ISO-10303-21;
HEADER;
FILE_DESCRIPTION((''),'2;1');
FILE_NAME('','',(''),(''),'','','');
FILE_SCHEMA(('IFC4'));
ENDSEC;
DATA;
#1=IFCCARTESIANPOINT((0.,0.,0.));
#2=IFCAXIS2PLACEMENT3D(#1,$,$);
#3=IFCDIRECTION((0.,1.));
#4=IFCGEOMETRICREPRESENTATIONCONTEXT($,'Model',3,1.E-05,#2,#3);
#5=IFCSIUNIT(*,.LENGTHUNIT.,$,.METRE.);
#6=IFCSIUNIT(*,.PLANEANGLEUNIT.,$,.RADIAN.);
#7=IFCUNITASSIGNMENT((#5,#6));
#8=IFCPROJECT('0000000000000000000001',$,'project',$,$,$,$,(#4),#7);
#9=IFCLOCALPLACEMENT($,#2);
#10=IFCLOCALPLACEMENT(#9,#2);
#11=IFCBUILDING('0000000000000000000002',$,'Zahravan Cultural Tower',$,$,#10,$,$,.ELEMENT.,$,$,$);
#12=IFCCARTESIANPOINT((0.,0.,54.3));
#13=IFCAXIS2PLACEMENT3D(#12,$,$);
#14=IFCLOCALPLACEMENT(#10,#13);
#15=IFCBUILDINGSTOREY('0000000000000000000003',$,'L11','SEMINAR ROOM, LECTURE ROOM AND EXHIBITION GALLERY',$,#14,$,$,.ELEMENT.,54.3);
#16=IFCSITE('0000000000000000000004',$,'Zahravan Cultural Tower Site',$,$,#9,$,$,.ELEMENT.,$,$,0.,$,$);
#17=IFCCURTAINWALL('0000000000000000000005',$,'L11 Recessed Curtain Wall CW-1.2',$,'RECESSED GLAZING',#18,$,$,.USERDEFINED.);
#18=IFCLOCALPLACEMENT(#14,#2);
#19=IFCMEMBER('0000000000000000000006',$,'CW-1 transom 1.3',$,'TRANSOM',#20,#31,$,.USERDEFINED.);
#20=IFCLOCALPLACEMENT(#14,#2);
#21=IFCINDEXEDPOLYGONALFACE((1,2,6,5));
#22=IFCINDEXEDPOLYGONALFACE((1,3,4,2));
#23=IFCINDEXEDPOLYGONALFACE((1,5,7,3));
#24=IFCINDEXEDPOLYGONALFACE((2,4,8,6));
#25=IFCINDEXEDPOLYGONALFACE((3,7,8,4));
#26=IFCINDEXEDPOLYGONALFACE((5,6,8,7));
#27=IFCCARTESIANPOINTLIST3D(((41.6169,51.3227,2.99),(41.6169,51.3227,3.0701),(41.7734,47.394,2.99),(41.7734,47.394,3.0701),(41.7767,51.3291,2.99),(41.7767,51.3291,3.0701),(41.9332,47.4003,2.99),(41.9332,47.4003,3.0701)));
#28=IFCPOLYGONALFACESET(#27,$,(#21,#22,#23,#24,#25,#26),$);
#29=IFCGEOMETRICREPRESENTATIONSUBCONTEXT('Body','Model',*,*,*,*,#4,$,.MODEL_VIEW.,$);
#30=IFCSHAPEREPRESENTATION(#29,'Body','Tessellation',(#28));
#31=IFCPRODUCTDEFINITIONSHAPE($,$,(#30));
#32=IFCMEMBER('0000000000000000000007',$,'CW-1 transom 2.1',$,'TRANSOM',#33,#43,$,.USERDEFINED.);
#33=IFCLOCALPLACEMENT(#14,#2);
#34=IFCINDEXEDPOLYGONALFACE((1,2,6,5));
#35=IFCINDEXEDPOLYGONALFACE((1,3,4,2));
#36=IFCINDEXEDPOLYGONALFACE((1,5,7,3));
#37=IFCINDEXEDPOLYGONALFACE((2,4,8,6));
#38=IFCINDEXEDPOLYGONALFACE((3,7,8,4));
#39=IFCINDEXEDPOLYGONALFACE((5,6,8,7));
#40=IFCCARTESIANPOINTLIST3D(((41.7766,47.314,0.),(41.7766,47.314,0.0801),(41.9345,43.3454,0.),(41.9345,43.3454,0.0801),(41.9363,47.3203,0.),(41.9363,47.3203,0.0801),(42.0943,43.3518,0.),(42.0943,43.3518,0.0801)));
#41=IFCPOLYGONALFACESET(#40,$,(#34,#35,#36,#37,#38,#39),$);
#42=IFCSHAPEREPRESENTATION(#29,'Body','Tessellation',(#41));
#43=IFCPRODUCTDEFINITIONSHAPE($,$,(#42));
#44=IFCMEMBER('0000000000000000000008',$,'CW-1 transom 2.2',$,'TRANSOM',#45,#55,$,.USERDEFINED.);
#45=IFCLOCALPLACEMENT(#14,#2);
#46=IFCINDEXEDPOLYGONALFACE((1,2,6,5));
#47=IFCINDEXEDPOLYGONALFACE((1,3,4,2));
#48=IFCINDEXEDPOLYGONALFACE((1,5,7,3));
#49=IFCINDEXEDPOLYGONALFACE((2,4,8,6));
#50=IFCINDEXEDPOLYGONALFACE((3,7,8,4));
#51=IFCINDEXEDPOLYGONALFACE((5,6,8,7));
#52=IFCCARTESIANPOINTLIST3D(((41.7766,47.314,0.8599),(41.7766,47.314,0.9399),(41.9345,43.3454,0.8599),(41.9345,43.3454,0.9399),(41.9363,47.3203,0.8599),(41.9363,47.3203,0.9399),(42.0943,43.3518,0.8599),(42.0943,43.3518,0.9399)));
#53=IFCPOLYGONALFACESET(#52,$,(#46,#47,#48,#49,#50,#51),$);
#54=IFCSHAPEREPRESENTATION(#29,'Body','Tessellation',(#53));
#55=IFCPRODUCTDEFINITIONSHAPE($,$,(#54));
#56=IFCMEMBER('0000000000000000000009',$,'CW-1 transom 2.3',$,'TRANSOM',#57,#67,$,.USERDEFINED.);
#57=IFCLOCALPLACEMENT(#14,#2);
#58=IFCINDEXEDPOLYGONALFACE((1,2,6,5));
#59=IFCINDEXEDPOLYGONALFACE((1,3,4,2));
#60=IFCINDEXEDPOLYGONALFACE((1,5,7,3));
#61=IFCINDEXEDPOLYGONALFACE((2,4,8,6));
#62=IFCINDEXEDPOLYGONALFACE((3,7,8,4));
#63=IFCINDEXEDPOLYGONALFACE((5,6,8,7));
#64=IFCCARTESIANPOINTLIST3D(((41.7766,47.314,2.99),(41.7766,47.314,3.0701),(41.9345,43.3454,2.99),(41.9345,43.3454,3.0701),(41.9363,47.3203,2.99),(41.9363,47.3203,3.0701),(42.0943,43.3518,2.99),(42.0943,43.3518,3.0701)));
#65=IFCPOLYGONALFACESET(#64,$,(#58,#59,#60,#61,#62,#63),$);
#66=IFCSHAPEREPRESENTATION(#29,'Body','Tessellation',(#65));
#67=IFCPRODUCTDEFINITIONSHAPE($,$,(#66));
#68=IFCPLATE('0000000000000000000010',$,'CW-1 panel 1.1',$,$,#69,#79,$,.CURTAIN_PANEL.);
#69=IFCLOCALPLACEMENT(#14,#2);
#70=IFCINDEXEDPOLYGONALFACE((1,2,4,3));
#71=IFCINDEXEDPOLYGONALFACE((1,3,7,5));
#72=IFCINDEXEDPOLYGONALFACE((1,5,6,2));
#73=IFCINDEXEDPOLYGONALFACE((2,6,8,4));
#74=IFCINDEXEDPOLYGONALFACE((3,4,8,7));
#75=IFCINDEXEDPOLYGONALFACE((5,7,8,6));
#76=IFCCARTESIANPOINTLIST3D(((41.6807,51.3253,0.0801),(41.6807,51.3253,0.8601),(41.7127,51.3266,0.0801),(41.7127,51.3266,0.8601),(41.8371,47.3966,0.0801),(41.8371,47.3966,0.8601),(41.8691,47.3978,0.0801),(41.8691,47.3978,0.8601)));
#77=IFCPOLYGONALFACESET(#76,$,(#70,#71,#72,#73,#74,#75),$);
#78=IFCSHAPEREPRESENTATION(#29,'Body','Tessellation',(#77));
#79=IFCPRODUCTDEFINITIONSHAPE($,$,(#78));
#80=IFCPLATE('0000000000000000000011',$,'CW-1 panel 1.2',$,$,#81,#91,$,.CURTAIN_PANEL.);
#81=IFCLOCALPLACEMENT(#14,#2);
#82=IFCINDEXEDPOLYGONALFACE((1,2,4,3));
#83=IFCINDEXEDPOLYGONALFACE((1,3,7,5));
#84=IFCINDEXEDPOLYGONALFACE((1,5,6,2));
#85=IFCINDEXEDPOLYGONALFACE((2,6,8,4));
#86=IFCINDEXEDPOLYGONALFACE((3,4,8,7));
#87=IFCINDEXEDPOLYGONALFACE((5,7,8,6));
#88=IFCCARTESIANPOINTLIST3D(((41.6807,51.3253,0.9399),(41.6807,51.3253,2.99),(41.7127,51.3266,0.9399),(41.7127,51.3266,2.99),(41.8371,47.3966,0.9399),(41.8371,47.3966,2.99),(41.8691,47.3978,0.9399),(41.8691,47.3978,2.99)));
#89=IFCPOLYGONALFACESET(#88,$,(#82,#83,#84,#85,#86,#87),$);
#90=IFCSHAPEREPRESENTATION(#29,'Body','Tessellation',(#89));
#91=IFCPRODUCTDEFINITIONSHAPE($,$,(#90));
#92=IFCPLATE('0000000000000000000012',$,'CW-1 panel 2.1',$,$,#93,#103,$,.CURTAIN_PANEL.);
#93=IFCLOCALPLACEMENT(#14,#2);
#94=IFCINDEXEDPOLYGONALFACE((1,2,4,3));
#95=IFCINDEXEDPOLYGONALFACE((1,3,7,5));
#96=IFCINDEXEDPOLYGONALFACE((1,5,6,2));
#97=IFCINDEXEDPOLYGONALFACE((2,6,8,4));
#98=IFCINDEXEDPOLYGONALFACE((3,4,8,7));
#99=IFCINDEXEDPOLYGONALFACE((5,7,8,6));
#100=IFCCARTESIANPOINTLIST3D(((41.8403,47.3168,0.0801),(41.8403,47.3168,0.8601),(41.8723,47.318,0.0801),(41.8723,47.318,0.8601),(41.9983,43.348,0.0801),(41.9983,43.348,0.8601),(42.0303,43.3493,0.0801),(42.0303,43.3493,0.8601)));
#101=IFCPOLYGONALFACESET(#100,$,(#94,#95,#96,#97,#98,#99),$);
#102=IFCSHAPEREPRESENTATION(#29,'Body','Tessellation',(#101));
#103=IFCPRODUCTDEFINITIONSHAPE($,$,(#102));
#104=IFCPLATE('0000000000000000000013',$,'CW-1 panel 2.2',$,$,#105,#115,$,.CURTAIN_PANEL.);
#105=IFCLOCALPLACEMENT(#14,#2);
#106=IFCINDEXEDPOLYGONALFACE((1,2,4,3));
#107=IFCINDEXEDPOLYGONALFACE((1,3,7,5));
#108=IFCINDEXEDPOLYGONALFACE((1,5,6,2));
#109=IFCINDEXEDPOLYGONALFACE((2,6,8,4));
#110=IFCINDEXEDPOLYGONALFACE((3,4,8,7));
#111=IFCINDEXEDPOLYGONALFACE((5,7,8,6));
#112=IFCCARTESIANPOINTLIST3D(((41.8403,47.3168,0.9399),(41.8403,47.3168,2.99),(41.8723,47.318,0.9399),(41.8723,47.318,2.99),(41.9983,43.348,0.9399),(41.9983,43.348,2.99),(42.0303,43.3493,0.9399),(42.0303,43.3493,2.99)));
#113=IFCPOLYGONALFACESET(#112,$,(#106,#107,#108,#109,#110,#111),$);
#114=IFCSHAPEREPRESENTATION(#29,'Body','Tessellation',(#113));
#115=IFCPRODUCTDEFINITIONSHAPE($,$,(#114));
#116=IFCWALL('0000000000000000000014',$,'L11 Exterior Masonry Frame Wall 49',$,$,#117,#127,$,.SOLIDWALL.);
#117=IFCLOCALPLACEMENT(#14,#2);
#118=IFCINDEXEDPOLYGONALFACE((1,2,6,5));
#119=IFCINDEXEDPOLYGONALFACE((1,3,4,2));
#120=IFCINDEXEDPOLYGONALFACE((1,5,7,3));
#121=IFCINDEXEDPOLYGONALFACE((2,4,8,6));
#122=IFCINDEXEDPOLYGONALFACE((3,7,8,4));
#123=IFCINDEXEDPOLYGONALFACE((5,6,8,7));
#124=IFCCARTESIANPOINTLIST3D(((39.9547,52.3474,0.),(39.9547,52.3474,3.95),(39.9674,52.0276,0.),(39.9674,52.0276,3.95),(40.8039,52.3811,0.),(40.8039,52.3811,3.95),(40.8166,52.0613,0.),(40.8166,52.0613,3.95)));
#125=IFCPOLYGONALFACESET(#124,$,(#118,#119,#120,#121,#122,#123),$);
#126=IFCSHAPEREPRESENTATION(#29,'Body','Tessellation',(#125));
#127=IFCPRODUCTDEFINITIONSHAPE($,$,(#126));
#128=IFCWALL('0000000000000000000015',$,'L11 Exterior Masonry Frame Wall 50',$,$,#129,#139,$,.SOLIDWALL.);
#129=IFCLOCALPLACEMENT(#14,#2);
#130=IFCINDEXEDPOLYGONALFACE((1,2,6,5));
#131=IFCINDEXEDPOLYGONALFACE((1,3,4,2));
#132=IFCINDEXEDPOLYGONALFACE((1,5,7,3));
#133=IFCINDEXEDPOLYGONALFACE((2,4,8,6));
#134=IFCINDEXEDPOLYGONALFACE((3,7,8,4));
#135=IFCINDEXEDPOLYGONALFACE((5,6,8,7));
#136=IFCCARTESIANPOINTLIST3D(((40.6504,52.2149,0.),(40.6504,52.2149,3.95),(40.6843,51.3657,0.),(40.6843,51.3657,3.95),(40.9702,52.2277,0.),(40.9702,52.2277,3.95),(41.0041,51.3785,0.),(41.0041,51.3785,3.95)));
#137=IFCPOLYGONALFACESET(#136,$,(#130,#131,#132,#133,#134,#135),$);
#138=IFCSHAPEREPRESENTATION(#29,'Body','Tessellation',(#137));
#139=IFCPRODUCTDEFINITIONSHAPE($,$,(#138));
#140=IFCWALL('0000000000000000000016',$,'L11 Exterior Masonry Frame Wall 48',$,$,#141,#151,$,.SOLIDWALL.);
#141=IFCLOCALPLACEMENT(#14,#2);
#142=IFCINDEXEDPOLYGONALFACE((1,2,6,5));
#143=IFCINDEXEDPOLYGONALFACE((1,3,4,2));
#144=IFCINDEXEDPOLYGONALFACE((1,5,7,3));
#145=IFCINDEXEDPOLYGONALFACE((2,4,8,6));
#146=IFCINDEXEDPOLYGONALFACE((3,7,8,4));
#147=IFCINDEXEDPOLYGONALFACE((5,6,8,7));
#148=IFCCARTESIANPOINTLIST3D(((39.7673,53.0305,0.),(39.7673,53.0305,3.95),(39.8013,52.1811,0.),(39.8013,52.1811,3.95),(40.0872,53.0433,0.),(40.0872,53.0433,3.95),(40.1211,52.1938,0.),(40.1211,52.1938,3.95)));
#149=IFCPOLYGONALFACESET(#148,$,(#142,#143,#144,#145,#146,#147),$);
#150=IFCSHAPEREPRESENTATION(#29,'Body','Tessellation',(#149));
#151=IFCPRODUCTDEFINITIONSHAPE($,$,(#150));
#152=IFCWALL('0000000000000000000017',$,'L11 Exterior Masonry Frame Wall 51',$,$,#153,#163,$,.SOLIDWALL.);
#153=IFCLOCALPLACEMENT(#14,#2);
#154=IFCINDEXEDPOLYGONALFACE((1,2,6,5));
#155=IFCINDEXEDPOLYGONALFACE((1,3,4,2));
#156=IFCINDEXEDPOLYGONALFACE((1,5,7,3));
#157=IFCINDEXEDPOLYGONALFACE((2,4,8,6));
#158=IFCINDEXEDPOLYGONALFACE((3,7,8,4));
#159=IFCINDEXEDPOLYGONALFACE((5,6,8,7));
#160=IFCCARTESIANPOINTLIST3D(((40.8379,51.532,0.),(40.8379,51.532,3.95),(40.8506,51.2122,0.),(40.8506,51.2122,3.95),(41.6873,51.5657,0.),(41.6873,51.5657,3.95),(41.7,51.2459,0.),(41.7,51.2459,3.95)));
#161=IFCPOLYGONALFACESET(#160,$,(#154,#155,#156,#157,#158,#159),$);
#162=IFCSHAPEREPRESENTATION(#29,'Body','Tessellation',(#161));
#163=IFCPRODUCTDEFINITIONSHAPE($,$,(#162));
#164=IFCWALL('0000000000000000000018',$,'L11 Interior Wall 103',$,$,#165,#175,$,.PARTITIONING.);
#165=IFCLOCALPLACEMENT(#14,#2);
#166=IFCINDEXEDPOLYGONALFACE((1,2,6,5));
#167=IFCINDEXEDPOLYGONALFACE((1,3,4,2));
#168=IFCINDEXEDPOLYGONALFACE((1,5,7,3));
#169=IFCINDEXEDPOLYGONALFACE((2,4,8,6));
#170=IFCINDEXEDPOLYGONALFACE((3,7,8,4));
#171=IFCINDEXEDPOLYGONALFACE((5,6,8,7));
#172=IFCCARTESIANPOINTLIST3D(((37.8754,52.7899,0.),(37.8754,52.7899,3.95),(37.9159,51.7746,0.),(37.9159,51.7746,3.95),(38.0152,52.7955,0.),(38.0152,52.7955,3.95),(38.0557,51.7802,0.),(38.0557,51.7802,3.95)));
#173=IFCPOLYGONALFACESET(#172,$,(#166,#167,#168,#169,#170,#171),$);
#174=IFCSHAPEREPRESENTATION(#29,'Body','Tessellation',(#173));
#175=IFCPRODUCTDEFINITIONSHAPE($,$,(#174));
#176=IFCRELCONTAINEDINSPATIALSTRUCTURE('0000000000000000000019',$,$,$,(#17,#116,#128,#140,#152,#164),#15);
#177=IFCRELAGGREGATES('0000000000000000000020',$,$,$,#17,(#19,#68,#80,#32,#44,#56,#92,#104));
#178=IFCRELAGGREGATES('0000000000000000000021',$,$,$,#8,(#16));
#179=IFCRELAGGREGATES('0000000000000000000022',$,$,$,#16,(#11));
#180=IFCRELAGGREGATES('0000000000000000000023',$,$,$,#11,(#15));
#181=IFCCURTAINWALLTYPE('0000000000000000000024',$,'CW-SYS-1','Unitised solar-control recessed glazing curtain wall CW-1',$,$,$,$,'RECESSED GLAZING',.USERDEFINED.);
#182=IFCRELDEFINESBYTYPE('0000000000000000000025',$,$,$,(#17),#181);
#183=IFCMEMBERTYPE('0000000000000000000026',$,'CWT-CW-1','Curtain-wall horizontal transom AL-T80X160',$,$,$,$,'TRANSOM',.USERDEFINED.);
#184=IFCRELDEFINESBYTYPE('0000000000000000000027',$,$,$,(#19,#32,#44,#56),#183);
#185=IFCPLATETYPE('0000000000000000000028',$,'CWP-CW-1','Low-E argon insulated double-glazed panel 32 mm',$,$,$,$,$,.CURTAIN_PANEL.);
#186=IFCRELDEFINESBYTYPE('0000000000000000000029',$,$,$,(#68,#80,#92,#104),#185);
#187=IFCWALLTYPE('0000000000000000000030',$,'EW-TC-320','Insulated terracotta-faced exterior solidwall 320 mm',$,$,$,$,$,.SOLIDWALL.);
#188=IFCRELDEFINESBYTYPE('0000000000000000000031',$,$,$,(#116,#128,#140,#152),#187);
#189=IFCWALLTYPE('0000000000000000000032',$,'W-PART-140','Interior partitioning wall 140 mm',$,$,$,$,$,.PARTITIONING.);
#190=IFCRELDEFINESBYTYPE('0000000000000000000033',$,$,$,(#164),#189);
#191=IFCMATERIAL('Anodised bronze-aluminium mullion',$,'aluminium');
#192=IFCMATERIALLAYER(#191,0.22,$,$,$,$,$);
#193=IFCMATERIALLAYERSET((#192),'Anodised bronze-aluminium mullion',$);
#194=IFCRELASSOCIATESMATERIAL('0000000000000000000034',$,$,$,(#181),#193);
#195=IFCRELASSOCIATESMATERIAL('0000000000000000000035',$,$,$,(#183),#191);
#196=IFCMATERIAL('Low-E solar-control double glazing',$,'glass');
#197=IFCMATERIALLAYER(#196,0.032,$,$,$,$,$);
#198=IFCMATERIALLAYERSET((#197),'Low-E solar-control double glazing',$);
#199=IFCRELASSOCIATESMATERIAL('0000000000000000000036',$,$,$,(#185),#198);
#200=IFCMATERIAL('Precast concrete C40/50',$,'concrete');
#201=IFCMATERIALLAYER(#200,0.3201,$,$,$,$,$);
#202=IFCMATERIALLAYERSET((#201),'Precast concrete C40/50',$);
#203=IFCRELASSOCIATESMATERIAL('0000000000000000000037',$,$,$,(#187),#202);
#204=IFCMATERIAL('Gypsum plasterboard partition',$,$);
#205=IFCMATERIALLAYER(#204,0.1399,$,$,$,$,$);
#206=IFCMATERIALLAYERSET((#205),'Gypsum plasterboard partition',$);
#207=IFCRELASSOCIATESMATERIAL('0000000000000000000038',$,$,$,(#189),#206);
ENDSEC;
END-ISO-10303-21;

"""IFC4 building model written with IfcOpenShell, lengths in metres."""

from ifc_helpers import new_model, si_unit, direction, frame, frame_2d, origin, origin_2d, place, context, subcontext, project, spatial, rectangle, extrude, source, transform, mapped, material, layer, layer_set, material_profile, profile_set, type_object, element, aggregate, save


model = new_model("IFC4")

# Units and contexts
model_context = context("Model", 3, precision=1e-05, world=origin(), true_north=direction((0.0, 1.0)))
body_context = subcontext(model_context, "Body", "Model", "MODEL_VIEW")
ifc_project = project(units=[si_unit("LENGTHUNIT", "METRE"), si_unit("PLANEANGLEUNIT", "RADIAN")], contexts=[model_context])

# Site, building, storey
site_placement = place(None, origin())
site = spatial("IfcSite", under=ifc_project, at=site_placement, Name="Zahravan Cultural Tower Site", CompositionType="ELEMENT", RefElevation=0.0)
building_placement = place(site_placement, origin())
building = spatial("IfcBuilding", under=site, at=building_placement, Name="Zahravan Cultural Tower", CompositionType="ELEMENT")
storey_placement = place(building_placement, frame((0.0, 0.0, 54.3)))
storey = spatial("IfcBuildingStorey", under=building, at=storey_placement, Name="L11", Description="SEMINAR ROOM, LECTURE ROOM AND EXHIBITION GALLERY", CompositionType="ELEMENT", Elevation=54.3)

# Curtain wall, members, plates
ifc_material_1 = material(Name="Anodised bronze-aluminium mullion", Category="aluminium")
ifc_layer_1 = layer(ifc_material_1, 0.22)
ifc_layer_set_1 = layer_set([ifc_layer_1], Name="Anodised bronze-aluminium mullion")
curtain_wall_type = type_object("IfcCurtainWallType", Name="CW-SYS-1", Description="Unitised solar-control recessed glazing curtain wall CW-1", ElementType="RECESSED GLAZING", PredefinedType="USERDEFINED", material=ifc_layer_set_1)
curtain_wall_placement = place(storey_placement, origin())
curtain_wall = element("IfcCurtainWall", 1, at=curtain_wall_placement, inside=storey, type_object=curtain_wall_type, Name="L11 Recessed Curtain Wall CW-1.2", ObjectType="RECESSED GLAZING", PredefinedType="USERDEFINED")
ifc_material_profile_1 = material_profile(ifc_material_1, rectangle(XDim=0.1599, YDim=0.0801, at=origin_2d()), Name="AL-T80X160")
ifc_profile_set_1 = profile_set([ifc_material_profile_1], Name="Anodised bronze-aluminium mullion")
member_type_1 = type_object("IfcMemberType", Name="CWT-CW-1", Description="Curtain-wall horizontal transom AL-T80X160", ElementType="TRANSOM", PredefinedType="USERDEFINED", material=ifc_profile_set_1)
shared_shape_1 = source(origin(), body_context, "Body", "SweptSolid", [
    extrude(rectangle(XDim=0.1599, YDim=0.0801, at=origin_2d()), origin(), (0.0, 0.0, 1.0), 3.9319),
])
member_1_placement = place(storey_placement, frame((41.6968, 51.3259, 3.03), z_axis=(0.039802, -0.999208, 0.0), x_axis=(0.999208, 0.039802, 0.0)))
member_1 = element("IfcMember", 2, at=member_1_placement, type_object=member_type_1, Name="CW-1 transom 1.3", ObjectType="TRANSOM", PredefinedType="USERDEFINED", context=body_context, shape_type="MappedRepresentation", body=[
    mapped(shared_shape_1, transform((0.0, 0.0, 0.0), x_axis=(1.0, 0.0, 0.0), y_axis=(0.0, 1.0, 0.0), z_axis=(0.0, 0.0, 1.0), scale=1.0)),
])
shared_shape_2 = source(origin(), body_context, "Body", "SweptSolid", [
    extrude(rectangle(XDim=0.1599, YDim=0.0801, at=origin_2d()), origin(), (0.0, 0.0, 1.0), 3.9717),
])
member_2_placement = place(storey_placement, frame((41.8564, 47.3171, 0.04), z_axis=(0.039772, -0.999209, 0.0), x_axis=(0.999209, 0.039772, 0.0)))
member_2 = element("IfcMember", 3, at=member_2_placement, type_object=member_type_1, Name="CW-1 transom 2.1", ObjectType="TRANSOM", PredefinedType="USERDEFINED", context=body_context, shape_type="MappedRepresentation", body=[
    mapped(shared_shape_2, transform((0.0, 0.0, 0.0), x_axis=(1.0, 0.0, 0.0), y_axis=(0.0, 1.0, 0.0), z_axis=(0.0, 0.0, 1.0), scale=1.0)),
])
member_3_placement = place(storey_placement, frame((41.8564, 47.3171, 0.8999), z_axis=(0.039772, -0.999209, 0.0), x_axis=(0.999209, 0.039772, 0.0)))
member_3 = element("IfcMember", 4, at=member_3_placement, type_object=member_type_1, Name="CW-1 transom 2.2", ObjectType="TRANSOM", PredefinedType="USERDEFINED", context=body_context, shape_type="MappedRepresentation", body=[
    mapped(shared_shape_2, transform((0.0, 0.0, 0.0), x_axis=(1.0, 0.0, 0.0), y_axis=(0.0, 1.0, 0.0), z_axis=(0.0, 0.0, 1.0), scale=1.0)),
])
member_4_placement = place(storey_placement, frame((41.8564, 47.3171, 3.03), z_axis=(0.039772, -0.999209, 0.0), x_axis=(0.999209, 0.039772, 0.0)))
member_4 = element("IfcMember", 5, at=member_4_placement, type_object=member_type_1, Name="CW-1 transom 2.3", ObjectType="TRANSOM", PredefinedType="USERDEFINED", context=body_context, shape_type="MappedRepresentation", body=[
    mapped(shared_shape_2, transform((0.0, 0.0, 0.0), x_axis=(1.0, 0.0, 0.0), y_axis=(0.0, 1.0, 0.0), z_axis=(0.0, 0.0, 1.0), scale=1.0)),
])
ifc_material_2 = material(Name="Low-E solar-control double glazing", Category="glass")
ifc_layer_2 = layer(ifc_material_2, 0.032)
ifc_layer_set_2 = layer_set([ifc_layer_2], Name="Low-E solar-control double glazing")
plate_type = type_object("IfcPlateType", Name="CWP-CW-1", Description="Low-E argon insulated double-glazed panel 32 mm", PredefinedType="CURTAIN_PANEL", material=ifc_layer_set_2)
shared_shape_3 = source(origin(), body_context, "Body", "SweptSolid", [
    extrude(rectangle(XDim=3.9319, YDim=0.032, at=origin_2d()), origin(), (0.0, 0.0, 1.0), 0.78),
])
plate_1_placement = place(storey_placement, frame((41.7749, 49.3616, 0.0801), z_axis=(0.0, 0.0, 1.0), x_axis=(0.039785, -0.999208, 0.0)))
plate_1 = element("IfcPlate", 6, at=plate_1_placement, type_object=plate_type, Name="CW-1 panel 1.1", PredefinedType="CURTAIN_PANEL", context=body_context, shape_type="MappedRepresentation", body=[
    mapped(shared_shape_3, transform((0.0, 0.0, 0.0), x_axis=(1.0, 0.0, 0.0), y_axis=(0.0, 1.0, 0.0), z_axis=(0.0, 0.0, 1.0), scale=1.0)),
])
shared_shape_4 = source(origin(), body_context, "Body", "SweptSolid", [
    extrude(rectangle(XDim=3.9319, YDim=0.032, at=origin_2d()), origin(), (0.0, 0.0, 1.0), 2.05),
])
plate_2_placement = place(storey_placement, frame((41.7749, 49.3616, 0.9399), z_axis=(0.0, 0.0, 1.0), x_axis=(0.039785, -0.999208, 0.0)))
plate_2 = element("IfcPlate", 7, at=plate_2_placement, type_object=plate_type, Name="CW-1 panel 1.2", PredefinedType="CURTAIN_PANEL", context=body_context, shape_type="MappedRepresentation", body=[
    mapped(shared_shape_4, transform((0.0, 0.0, 0.0), x_axis=(1.0, 0.0, 0.0), y_axis=(0.0, 1.0, 0.0), z_axis=(0.0, 0.0, 1.0), scale=1.0)),
])
shared_shape_5 = source(origin(), body_context, "Body", "SweptSolid", [
    extrude(rectangle(XDim=3.9719, YDim=0.032, at=origin_2d()), origin(), (0.0, 0.0, 1.0), 0.78),
])
plate_3_placement = place(storey_placement, frame((41.9353, 45.333, 0.0801), z_axis=(0.0, 0.0, 1.0), x_axis=(0.039785, -0.999208, 0.0)))
plate_3 = element("IfcPlate", 8, at=plate_3_placement, type_object=plate_type, Name="CW-1 panel 2.1", PredefinedType="CURTAIN_PANEL", context=body_context, shape_type="MappedRepresentation", body=[
    mapped(shared_shape_5, transform((0.0, 0.0, 0.0), x_axis=(1.0, 0.0, 0.0), y_axis=(0.0, 1.0, 0.0), z_axis=(0.0, 0.0, 1.0), scale=1.0)),
])
shared_shape_6 = source(origin(), body_context, "Body", "SweptSolid", [
    extrude(rectangle(XDim=3.9719, YDim=0.032, at=origin_2d()), origin(), (0.0, 0.0, 1.0), 2.05),
])
plate_4_placement = place(storey_placement, frame((41.9353, 45.333, 0.9399), z_axis=(0.0, 0.0, 1.0), x_axis=(0.039785, -0.999208, 0.0)))
plate_4 = element("IfcPlate", 9, at=plate_4_placement, type_object=plate_type, Name="CW-1 panel 2.2", PredefinedType="CURTAIN_PANEL", context=body_context, shape_type="MappedRepresentation", body=[
    mapped(shared_shape_6, transform((0.0, 0.0, 0.0), x_axis=(1.0, 0.0, 0.0), y_axis=(0.0, 1.0, 0.0), z_axis=(0.0, 0.0, 1.0), scale=1.0)),
])
aggregate(curtain_wall, [member_1, plate_1, plate_2, member_2, member_3, member_4, plate_3, plate_4])

# Walls
ifc_material_3 = material(Name="Precast concrete C40/50", Category="concrete")
ifc_layer_3 = layer(ifc_material_3, 0.3201)
ifc_layer_set_3 = layer_set([ifc_layer_3], Name="Precast concrete C40/50")
wall_type_1 = type_object("IfcWallType", Name="EW-TC-320", Description="Insulated terracotta-faced exterior solidwall 320 mm", PredefinedType="SOLIDWALL", material=ifc_layer_set_3)
shared_shape_7 = source(origin(), body_context, "Body", "SweptSolid", [
    extrude(rectangle(XDim=0.8499, YDim=0.3201, at=frame_2d((0.4248, 0.0))), origin(), (0.0, 0.0, 1.0), 3.95),
])
for number, where, z_axis, x_axis, name in (
    (10, (39.9612, 52.1875, 0.0), (0.0, 0.0, 1.0), (0.999214, 0.039647, 0.0), "L11 Exterior Masonry Frame Wall 49"),
    (11, (40.8103, 52.2212, 0.0), (0.0, 0.0, 1.0), (0.039934, -0.999202, 0.0), "L11 Exterior Masonry Frame Wall 50"),
):
    element("IfcWall", number, at=place(storey_placement, frame(where, z_axis=z_axis, x_axis=x_axis)), inside=storey, type_object=wall_type_1, Name=name, PredefinedType="SOLIDWALL", context=body_context, shape_type="MappedRepresentation", body=[
        mapped(shared_shape_7, transform((0.0, 0.0, 0.0), x_axis=(1.0, 0.0, 0.0), y_axis=(0.0, 1.0, 0.0), z_axis=(0.0, 0.0, 1.0), scale=1.0)),
    ])
shared_shape_8 = source(origin(), body_context, "Body", "SweptSolid", [
    extrude(rectangle(XDim=0.8501, YDim=0.3201, at=frame_2d((0.425, 0.0))), origin(), (0.0, 0.0, 1.0), 3.95),
])
for number, where, z_axis, x_axis, name in (
    (12, (39.9272, 53.0369, 0.0), (0.0, 0.0, 1.0), (0.039922, -0.999203, 0.0), "L11 Exterior Masonry Frame Wall 48"),
    (13, (40.8442, 51.3721, 0.0), (0.0, 0.0, 1.0), (0.999214, 0.039635, 0.0), "L11 Exterior Masonry Frame Wall 51"),
):
    element("IfcWall", number, at=place(storey_placement, frame(where, z_axis=z_axis, x_axis=x_axis)), inside=storey, type_object=wall_type_1, Name=name, PredefinedType="SOLIDWALL", context=body_context, shape_type="MappedRepresentation", body=[
        mapped(shared_shape_8, transform((0.0, 0.0, 0.0), x_axis=(1.0, 0.0, 0.0), y_axis=(0.0, 1.0, 0.0), z_axis=(0.0, 0.0, 1.0), scale=1.0)),
    ])
ifc_material_4 = material(Name="Gypsum plasterboard partition")
ifc_layer_4 = layer(ifc_material_4, 0.1399)
ifc_layer_set_4 = layer_set([ifc_layer_4], Name="Gypsum plasterboard partition")
wall_type_2 = type_object("IfcWallType", Name="W-PART-140", Description="Interior partitioning wall 140 mm", PredefinedType="PARTITIONING", material=ifc_layer_set_4)
shared_shape_9 = source(origin(), body_context, "Body", "SweptSolid", [
    extrude(rectangle(XDim=1.0161, YDim=0.1399, at=frame_2d((0.5081, 0.0))), origin(), (0.0, 0.0, 1.0), 3.95),
])
wall_1_placement = place(storey_placement, frame((37.9453, 52.7927, 0.0), z_axis=(0.0, 0.0, 1.0), x_axis=(0.039882, -0.999204, 0.0)))
element("IfcWall", 14, at=wall_1_placement, inside=storey, type_object=wall_type_2, Name="L11 Interior Wall 103", PredefinedType="PARTITIONING", context=body_context, shape_type="MappedRepresentation", body=[
    mapped(shared_shape_9, transform((0.0, 0.0, 0.0), x_axis=(1.0, 0.0, 0.0), y_axis=(0.0, 1.0, 0.0), z_axis=(0.0, 0.0, 1.0), scale=1.0)),
])

save(model, "model.ifc")
